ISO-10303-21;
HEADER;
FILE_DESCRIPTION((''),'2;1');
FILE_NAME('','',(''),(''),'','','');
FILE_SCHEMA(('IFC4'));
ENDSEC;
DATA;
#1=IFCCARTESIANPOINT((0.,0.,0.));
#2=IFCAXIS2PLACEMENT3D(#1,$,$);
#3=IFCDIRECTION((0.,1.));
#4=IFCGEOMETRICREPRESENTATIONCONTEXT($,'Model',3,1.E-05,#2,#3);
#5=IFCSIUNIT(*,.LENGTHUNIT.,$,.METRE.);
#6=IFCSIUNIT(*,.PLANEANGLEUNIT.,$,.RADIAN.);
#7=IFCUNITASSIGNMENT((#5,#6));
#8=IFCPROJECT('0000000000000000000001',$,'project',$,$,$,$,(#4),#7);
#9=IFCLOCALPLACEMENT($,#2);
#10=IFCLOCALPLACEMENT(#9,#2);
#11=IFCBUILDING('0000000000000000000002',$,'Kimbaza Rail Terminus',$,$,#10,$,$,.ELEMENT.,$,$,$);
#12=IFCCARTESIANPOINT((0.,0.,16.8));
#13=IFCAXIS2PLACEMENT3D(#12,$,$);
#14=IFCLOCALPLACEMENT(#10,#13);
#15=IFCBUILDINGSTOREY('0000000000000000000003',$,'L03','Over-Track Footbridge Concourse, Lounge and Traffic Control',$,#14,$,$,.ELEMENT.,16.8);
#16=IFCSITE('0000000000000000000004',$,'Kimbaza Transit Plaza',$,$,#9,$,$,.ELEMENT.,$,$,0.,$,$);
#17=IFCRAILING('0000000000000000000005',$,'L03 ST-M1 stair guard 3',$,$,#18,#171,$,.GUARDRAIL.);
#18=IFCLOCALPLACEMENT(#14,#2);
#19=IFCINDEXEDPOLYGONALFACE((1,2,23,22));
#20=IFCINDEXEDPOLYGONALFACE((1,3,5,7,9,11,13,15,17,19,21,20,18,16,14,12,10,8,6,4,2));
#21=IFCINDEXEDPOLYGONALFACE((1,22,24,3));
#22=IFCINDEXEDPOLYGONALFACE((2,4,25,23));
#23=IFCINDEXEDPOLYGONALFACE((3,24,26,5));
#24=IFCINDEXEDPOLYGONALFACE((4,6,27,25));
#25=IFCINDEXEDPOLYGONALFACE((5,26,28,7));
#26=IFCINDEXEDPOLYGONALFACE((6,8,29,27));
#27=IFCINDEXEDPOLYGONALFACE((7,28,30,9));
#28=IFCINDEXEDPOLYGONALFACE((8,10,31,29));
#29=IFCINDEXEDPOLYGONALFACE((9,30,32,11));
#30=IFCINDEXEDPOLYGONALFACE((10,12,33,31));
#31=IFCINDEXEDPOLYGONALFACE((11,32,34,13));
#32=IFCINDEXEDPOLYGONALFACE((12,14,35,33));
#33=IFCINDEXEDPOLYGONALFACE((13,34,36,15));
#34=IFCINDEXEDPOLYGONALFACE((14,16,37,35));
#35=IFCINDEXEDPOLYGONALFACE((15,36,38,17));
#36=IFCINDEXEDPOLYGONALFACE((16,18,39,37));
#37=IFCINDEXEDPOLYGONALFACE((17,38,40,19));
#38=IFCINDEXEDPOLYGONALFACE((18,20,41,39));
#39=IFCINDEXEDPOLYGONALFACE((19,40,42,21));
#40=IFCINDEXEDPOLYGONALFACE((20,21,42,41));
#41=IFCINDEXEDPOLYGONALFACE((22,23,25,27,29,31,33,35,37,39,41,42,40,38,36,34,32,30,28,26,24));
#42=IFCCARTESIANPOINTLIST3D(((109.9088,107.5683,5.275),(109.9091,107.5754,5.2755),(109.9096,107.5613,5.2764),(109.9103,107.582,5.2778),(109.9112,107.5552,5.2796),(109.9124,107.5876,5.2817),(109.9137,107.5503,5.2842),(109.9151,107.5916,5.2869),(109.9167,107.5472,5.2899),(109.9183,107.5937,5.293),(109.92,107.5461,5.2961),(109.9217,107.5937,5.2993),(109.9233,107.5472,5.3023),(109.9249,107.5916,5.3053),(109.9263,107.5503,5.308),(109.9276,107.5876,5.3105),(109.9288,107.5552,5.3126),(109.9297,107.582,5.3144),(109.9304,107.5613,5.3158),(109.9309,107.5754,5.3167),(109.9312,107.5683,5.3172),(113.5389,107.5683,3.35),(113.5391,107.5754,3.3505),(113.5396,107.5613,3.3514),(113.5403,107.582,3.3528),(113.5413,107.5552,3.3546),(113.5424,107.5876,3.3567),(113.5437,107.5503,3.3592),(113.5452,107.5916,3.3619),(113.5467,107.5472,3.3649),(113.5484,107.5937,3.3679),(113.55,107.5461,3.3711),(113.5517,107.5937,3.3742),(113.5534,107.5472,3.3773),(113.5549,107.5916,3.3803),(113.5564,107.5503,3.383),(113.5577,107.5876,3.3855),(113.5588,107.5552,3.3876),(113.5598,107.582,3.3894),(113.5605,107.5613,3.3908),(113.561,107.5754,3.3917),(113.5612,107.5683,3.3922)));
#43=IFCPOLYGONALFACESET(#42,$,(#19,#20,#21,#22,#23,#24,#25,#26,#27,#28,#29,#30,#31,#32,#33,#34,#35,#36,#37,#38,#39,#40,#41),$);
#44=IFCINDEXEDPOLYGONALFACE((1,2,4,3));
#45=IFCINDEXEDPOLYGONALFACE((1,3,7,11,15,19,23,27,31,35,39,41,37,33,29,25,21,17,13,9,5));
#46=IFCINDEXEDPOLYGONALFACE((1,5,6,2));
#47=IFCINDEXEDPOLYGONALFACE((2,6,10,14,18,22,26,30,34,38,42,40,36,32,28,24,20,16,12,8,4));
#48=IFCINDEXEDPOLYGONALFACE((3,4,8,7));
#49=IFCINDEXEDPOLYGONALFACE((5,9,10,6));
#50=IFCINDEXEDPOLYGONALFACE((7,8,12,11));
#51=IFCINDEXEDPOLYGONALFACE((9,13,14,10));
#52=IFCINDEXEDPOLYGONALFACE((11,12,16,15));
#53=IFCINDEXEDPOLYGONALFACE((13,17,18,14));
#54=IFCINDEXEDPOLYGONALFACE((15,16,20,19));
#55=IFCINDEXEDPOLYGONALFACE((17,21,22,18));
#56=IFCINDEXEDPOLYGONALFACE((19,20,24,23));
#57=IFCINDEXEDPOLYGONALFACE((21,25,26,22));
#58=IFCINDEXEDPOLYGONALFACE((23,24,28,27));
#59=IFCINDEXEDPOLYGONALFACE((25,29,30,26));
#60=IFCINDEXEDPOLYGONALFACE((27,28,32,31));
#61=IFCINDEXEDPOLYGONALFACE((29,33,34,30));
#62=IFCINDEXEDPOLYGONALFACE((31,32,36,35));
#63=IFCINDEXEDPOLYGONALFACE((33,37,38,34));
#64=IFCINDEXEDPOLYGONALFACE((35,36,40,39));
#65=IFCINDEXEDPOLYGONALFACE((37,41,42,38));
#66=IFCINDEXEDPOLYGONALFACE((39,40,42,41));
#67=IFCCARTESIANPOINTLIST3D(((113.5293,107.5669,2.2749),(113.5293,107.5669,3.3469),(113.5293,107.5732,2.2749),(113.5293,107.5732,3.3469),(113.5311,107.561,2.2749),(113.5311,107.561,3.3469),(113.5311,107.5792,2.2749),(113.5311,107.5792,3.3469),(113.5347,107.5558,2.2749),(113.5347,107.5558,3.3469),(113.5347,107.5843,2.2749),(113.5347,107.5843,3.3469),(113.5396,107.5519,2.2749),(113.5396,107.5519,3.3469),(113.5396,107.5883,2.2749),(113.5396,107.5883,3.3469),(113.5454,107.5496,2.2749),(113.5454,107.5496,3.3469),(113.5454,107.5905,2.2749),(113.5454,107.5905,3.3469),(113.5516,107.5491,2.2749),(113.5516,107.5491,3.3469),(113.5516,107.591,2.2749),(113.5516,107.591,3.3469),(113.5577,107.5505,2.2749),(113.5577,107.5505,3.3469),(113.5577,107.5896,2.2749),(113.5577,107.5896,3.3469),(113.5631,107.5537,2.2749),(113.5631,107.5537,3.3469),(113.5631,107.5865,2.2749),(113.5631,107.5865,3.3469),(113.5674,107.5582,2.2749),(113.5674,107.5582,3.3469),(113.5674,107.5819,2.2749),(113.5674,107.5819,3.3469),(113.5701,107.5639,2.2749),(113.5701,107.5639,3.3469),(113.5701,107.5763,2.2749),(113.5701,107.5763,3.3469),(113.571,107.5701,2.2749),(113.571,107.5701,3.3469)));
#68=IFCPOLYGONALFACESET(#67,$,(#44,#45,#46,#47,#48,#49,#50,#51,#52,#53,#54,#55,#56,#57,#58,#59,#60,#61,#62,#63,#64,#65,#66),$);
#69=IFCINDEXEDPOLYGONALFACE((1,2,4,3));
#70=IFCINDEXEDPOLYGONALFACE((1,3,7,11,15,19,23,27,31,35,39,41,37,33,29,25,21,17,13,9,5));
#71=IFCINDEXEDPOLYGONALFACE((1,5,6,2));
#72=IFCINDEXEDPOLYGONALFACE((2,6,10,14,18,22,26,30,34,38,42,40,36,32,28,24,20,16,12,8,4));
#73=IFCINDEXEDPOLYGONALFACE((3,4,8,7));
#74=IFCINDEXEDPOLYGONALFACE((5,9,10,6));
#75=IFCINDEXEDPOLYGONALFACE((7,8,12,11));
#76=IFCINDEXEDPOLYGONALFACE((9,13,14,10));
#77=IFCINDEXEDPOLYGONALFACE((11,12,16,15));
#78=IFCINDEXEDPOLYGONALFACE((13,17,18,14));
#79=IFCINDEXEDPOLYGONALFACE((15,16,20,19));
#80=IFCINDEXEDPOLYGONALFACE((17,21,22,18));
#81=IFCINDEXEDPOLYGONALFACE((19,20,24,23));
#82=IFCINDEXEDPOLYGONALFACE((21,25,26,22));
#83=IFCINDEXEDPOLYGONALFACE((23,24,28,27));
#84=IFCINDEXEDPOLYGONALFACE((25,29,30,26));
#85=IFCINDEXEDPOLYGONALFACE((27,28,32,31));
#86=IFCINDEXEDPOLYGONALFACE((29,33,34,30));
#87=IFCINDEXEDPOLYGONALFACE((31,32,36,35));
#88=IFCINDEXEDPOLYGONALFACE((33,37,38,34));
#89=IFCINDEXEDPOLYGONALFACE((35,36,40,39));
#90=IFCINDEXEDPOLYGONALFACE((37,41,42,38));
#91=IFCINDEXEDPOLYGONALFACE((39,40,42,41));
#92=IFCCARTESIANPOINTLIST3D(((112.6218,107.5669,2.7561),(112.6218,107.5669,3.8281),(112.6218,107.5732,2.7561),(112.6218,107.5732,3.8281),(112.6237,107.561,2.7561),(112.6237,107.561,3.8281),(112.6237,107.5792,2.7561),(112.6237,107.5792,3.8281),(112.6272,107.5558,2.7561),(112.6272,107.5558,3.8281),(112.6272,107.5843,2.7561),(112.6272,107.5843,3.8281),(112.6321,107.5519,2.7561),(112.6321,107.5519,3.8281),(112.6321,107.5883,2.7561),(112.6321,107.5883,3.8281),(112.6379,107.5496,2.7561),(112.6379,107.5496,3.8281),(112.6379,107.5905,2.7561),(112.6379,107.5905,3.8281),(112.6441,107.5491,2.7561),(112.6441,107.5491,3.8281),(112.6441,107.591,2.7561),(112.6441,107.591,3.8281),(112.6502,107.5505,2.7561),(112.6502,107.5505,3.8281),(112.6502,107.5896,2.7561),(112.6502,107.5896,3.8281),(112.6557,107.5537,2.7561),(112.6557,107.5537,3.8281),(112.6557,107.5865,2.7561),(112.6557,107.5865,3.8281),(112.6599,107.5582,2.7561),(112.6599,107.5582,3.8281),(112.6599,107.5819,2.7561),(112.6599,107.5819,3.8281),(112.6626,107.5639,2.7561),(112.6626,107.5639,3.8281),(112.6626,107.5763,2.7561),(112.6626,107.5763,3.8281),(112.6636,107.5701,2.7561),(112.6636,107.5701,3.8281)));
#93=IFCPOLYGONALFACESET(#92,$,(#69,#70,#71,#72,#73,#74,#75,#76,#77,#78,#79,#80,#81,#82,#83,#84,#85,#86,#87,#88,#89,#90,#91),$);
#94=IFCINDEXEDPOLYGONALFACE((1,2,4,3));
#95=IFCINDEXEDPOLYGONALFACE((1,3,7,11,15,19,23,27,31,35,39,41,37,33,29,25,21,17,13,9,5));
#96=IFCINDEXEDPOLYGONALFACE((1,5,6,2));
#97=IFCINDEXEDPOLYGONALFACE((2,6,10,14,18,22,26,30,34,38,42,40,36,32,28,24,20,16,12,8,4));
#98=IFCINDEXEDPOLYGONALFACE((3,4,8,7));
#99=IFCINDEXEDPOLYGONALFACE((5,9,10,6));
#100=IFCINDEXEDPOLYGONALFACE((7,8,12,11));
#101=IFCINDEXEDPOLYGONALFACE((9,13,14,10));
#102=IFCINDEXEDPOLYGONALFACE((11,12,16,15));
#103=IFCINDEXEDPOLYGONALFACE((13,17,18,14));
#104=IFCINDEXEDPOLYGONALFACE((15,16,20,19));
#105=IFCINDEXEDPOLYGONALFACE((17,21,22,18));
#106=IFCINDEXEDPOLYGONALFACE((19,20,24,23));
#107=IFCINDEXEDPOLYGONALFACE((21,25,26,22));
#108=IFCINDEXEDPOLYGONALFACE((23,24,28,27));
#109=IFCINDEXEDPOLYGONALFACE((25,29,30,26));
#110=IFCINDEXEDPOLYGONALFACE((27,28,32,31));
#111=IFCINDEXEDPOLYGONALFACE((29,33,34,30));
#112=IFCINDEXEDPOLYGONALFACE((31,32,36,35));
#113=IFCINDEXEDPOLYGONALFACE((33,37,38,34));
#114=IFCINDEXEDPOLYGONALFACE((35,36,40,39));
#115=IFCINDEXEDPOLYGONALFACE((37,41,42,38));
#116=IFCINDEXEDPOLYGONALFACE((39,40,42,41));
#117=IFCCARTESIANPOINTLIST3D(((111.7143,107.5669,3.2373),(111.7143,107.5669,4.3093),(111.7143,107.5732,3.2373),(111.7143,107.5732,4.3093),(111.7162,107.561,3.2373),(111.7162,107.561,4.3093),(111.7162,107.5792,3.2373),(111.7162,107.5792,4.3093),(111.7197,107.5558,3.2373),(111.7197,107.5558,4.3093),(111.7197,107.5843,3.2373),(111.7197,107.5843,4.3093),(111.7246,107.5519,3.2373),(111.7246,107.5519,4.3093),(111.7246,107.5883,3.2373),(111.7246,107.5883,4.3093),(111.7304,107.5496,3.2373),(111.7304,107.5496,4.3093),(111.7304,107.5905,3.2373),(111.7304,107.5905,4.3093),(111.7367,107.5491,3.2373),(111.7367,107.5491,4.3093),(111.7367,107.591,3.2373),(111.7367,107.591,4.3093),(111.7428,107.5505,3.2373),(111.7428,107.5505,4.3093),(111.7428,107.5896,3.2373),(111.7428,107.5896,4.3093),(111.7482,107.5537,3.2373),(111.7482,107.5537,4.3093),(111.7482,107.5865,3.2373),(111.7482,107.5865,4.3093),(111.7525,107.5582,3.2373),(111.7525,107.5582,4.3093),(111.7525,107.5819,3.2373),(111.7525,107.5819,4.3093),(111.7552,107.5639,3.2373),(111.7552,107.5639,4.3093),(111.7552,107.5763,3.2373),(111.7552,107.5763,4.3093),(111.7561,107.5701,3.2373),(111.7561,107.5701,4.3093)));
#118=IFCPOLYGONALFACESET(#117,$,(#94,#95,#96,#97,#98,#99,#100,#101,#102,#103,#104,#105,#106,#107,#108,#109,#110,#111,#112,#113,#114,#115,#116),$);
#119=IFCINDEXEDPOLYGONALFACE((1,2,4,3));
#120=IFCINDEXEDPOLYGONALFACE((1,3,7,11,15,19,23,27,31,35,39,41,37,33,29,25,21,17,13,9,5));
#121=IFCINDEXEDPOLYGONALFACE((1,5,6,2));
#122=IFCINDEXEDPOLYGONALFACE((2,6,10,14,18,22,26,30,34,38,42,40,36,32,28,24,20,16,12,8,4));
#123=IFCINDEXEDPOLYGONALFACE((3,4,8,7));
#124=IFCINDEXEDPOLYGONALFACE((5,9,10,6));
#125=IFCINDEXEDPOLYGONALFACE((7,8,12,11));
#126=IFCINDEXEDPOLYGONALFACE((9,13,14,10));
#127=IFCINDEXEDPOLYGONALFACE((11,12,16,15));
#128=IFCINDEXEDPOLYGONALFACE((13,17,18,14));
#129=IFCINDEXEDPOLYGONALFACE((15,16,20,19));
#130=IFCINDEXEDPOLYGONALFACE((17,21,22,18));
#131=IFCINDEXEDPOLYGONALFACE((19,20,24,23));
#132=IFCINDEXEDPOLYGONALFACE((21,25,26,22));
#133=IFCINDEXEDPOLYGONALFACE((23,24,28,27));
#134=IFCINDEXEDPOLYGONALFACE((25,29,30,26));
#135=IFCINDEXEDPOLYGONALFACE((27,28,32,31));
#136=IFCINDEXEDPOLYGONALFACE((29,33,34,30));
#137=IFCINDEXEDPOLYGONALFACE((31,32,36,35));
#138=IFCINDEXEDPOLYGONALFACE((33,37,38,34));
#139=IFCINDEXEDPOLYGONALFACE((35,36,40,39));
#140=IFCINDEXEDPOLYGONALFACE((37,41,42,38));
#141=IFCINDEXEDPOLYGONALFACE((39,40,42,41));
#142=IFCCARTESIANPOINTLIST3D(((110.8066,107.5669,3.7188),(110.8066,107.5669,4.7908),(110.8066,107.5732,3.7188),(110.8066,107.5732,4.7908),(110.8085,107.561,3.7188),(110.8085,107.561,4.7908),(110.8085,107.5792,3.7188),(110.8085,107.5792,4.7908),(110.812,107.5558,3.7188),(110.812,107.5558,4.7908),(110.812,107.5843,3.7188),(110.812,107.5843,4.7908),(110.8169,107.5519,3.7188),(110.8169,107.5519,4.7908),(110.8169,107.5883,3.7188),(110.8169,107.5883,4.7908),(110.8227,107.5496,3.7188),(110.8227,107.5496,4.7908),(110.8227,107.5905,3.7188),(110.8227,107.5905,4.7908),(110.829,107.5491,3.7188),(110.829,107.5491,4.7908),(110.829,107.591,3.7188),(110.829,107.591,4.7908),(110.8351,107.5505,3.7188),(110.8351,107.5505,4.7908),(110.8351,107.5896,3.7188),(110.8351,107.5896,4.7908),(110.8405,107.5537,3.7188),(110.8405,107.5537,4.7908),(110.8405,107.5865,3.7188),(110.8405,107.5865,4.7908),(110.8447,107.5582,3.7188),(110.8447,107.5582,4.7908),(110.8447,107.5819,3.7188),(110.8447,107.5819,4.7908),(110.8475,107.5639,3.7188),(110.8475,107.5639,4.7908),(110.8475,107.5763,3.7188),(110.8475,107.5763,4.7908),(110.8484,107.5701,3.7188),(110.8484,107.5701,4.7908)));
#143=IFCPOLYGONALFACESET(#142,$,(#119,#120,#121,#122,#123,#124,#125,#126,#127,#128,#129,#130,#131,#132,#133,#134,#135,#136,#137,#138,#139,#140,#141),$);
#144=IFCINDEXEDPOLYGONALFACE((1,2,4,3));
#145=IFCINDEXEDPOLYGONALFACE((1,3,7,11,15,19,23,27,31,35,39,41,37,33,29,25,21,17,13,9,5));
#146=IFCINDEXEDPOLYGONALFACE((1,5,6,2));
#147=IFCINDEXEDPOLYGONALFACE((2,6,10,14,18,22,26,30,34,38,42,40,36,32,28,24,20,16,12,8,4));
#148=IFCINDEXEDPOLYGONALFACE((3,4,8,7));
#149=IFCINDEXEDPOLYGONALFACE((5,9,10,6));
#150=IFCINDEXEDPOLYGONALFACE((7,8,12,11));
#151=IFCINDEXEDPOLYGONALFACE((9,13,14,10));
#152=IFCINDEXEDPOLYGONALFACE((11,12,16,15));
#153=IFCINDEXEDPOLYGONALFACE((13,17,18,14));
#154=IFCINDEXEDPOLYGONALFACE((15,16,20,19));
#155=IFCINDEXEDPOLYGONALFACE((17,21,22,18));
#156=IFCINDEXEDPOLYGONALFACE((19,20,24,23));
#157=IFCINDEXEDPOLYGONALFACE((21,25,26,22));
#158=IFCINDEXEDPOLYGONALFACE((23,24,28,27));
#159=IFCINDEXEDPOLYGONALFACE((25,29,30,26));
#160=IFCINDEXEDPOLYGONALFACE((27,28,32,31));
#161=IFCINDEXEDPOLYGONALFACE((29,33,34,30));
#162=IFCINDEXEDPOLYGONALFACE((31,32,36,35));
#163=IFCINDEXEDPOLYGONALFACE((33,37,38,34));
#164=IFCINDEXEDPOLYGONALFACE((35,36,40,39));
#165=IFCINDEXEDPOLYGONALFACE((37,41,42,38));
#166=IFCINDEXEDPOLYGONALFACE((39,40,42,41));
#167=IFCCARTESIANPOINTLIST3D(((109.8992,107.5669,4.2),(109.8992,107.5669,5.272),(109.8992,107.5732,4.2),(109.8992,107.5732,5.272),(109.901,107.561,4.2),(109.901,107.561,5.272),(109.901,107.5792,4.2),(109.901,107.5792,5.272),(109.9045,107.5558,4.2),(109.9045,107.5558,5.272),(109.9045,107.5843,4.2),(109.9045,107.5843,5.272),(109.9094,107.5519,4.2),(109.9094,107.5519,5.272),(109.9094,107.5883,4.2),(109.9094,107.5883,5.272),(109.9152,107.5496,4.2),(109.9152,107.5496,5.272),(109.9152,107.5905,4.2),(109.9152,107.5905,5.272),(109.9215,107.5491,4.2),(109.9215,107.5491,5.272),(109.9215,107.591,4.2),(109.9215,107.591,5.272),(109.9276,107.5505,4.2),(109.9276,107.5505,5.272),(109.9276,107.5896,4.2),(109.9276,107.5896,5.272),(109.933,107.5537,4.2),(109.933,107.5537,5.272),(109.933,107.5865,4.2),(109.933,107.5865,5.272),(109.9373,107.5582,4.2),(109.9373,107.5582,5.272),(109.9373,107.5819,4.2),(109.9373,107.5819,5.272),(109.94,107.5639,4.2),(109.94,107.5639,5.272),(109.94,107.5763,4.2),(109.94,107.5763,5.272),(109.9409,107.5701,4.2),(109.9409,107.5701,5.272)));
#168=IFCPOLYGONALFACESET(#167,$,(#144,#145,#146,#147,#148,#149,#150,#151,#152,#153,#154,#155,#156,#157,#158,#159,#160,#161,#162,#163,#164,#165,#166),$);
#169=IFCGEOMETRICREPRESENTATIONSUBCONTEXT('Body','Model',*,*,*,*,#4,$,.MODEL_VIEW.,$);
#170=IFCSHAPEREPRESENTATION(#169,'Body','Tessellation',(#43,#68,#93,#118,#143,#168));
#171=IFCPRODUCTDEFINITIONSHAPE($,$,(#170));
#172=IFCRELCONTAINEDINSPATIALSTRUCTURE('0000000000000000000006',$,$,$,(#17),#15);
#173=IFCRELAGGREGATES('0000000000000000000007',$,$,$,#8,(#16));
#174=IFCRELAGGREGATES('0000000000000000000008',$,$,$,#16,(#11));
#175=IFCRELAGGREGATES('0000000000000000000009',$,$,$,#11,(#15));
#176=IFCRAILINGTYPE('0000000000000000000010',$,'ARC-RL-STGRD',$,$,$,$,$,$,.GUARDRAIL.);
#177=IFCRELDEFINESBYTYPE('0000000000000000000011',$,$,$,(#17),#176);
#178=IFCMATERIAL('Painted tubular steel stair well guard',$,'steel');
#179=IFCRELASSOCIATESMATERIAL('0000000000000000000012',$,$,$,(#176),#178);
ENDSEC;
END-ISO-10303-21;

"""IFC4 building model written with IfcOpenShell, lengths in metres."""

from ifc_helpers import new_model, si_unit, direction, frame, origin, origin_2d, place, context, subcontext, project, spatial, circle, extrude, material, type_object, element, save


model = new_model("IFC4")

# Units and contexts
model_context = context("Model", 3, precision=1e-05, world=origin(), true_north=direction((0.0, 1.0)))
body_context = subcontext(model_context, "Body", "Model", "MODEL_VIEW")
ifc_project = project(units=[si_unit("LENGTHUNIT", "METRE"), si_unit("PLANEANGLEUNIT", "RADIAN")], contexts=[model_context])

# Site, building, storey
site_placement = place(None, origin())
site = spatial("IfcSite", under=ifc_project, at=site_placement, Name="Kimbaza Transit Plaza", CompositionType="ELEMENT", RefElevation=0.0)
building_placement = place(site_placement, origin())
building = spatial("IfcBuilding", under=site, at=building_placement, Name="Kimbaza Rail Terminus", CompositionType="ELEMENT")
storey_placement = place(building_placement, frame((0.0, 0.0, 16.8)))
storey = spatial("IfcBuildingStorey", under=building, at=storey_placement, Name="L03", Description="Over-Track Footbridge Concourse, Lounge and Traffic Control", CompositionType="ELEMENT", Elevation=16.8)

# Railing
ifc_material_1 = material(Name="Painted tubular steel stair well guard", Category="steel")
railing_type_1 = type_object("IfcRailingType", Name="ARC-RL-STGRD", PredefinedType="GUARDRAIL", material=ifc_material_1)
railing_1_placement = place(storey_placement, frame((113.55, 107.5701, 2.2749)))
element("IfcRailing", 1, at=railing_1_placement, inside=storey, type_object=railing_type_1, Name="L03 ST-M1 stair guard 3", PredefinedType="GUARDRAIL", context=body_context, shape_type="SweptSolid", body=[
    extrude(circle(Radius=0.0239, at=origin_2d()), frame((0.0, 0.0, 1.0962), z_axis=(-0.883464, 0.0, 0.468499), x_axis=(0.0, -1.0, 0.0)), (0.0, 0.0, 1.0), 4.1089),
    extrude(circle(Radius=0.021, at=origin_2d()), origin(), (0.0, 0.0, 1.0), 1.072),
    extrude(circle(Radius=0.021, at=origin_2d()), frame((-0.9075, 0.0, 0.4812)), (0.0, 0.0, 1.0), 1.072),
    extrude(circle(Radius=0.021, at=origin_2d()), frame((-1.8149, 0.0, 0.9624)), (0.0, 0.0, 1.0), 1.072),
    extrude(circle(Radius=0.021, at=origin_2d()), frame((-2.7227, 0.0, 1.4438)), (0.0, 0.0, 1.0), 1.072),
    extrude(circle(Radius=0.021, at=origin_2d()), frame((-3.6301, 0.0, 1.925)), (0.0, 0.0, 1.0), 1.072),
])

save(model, "model.ifc")
